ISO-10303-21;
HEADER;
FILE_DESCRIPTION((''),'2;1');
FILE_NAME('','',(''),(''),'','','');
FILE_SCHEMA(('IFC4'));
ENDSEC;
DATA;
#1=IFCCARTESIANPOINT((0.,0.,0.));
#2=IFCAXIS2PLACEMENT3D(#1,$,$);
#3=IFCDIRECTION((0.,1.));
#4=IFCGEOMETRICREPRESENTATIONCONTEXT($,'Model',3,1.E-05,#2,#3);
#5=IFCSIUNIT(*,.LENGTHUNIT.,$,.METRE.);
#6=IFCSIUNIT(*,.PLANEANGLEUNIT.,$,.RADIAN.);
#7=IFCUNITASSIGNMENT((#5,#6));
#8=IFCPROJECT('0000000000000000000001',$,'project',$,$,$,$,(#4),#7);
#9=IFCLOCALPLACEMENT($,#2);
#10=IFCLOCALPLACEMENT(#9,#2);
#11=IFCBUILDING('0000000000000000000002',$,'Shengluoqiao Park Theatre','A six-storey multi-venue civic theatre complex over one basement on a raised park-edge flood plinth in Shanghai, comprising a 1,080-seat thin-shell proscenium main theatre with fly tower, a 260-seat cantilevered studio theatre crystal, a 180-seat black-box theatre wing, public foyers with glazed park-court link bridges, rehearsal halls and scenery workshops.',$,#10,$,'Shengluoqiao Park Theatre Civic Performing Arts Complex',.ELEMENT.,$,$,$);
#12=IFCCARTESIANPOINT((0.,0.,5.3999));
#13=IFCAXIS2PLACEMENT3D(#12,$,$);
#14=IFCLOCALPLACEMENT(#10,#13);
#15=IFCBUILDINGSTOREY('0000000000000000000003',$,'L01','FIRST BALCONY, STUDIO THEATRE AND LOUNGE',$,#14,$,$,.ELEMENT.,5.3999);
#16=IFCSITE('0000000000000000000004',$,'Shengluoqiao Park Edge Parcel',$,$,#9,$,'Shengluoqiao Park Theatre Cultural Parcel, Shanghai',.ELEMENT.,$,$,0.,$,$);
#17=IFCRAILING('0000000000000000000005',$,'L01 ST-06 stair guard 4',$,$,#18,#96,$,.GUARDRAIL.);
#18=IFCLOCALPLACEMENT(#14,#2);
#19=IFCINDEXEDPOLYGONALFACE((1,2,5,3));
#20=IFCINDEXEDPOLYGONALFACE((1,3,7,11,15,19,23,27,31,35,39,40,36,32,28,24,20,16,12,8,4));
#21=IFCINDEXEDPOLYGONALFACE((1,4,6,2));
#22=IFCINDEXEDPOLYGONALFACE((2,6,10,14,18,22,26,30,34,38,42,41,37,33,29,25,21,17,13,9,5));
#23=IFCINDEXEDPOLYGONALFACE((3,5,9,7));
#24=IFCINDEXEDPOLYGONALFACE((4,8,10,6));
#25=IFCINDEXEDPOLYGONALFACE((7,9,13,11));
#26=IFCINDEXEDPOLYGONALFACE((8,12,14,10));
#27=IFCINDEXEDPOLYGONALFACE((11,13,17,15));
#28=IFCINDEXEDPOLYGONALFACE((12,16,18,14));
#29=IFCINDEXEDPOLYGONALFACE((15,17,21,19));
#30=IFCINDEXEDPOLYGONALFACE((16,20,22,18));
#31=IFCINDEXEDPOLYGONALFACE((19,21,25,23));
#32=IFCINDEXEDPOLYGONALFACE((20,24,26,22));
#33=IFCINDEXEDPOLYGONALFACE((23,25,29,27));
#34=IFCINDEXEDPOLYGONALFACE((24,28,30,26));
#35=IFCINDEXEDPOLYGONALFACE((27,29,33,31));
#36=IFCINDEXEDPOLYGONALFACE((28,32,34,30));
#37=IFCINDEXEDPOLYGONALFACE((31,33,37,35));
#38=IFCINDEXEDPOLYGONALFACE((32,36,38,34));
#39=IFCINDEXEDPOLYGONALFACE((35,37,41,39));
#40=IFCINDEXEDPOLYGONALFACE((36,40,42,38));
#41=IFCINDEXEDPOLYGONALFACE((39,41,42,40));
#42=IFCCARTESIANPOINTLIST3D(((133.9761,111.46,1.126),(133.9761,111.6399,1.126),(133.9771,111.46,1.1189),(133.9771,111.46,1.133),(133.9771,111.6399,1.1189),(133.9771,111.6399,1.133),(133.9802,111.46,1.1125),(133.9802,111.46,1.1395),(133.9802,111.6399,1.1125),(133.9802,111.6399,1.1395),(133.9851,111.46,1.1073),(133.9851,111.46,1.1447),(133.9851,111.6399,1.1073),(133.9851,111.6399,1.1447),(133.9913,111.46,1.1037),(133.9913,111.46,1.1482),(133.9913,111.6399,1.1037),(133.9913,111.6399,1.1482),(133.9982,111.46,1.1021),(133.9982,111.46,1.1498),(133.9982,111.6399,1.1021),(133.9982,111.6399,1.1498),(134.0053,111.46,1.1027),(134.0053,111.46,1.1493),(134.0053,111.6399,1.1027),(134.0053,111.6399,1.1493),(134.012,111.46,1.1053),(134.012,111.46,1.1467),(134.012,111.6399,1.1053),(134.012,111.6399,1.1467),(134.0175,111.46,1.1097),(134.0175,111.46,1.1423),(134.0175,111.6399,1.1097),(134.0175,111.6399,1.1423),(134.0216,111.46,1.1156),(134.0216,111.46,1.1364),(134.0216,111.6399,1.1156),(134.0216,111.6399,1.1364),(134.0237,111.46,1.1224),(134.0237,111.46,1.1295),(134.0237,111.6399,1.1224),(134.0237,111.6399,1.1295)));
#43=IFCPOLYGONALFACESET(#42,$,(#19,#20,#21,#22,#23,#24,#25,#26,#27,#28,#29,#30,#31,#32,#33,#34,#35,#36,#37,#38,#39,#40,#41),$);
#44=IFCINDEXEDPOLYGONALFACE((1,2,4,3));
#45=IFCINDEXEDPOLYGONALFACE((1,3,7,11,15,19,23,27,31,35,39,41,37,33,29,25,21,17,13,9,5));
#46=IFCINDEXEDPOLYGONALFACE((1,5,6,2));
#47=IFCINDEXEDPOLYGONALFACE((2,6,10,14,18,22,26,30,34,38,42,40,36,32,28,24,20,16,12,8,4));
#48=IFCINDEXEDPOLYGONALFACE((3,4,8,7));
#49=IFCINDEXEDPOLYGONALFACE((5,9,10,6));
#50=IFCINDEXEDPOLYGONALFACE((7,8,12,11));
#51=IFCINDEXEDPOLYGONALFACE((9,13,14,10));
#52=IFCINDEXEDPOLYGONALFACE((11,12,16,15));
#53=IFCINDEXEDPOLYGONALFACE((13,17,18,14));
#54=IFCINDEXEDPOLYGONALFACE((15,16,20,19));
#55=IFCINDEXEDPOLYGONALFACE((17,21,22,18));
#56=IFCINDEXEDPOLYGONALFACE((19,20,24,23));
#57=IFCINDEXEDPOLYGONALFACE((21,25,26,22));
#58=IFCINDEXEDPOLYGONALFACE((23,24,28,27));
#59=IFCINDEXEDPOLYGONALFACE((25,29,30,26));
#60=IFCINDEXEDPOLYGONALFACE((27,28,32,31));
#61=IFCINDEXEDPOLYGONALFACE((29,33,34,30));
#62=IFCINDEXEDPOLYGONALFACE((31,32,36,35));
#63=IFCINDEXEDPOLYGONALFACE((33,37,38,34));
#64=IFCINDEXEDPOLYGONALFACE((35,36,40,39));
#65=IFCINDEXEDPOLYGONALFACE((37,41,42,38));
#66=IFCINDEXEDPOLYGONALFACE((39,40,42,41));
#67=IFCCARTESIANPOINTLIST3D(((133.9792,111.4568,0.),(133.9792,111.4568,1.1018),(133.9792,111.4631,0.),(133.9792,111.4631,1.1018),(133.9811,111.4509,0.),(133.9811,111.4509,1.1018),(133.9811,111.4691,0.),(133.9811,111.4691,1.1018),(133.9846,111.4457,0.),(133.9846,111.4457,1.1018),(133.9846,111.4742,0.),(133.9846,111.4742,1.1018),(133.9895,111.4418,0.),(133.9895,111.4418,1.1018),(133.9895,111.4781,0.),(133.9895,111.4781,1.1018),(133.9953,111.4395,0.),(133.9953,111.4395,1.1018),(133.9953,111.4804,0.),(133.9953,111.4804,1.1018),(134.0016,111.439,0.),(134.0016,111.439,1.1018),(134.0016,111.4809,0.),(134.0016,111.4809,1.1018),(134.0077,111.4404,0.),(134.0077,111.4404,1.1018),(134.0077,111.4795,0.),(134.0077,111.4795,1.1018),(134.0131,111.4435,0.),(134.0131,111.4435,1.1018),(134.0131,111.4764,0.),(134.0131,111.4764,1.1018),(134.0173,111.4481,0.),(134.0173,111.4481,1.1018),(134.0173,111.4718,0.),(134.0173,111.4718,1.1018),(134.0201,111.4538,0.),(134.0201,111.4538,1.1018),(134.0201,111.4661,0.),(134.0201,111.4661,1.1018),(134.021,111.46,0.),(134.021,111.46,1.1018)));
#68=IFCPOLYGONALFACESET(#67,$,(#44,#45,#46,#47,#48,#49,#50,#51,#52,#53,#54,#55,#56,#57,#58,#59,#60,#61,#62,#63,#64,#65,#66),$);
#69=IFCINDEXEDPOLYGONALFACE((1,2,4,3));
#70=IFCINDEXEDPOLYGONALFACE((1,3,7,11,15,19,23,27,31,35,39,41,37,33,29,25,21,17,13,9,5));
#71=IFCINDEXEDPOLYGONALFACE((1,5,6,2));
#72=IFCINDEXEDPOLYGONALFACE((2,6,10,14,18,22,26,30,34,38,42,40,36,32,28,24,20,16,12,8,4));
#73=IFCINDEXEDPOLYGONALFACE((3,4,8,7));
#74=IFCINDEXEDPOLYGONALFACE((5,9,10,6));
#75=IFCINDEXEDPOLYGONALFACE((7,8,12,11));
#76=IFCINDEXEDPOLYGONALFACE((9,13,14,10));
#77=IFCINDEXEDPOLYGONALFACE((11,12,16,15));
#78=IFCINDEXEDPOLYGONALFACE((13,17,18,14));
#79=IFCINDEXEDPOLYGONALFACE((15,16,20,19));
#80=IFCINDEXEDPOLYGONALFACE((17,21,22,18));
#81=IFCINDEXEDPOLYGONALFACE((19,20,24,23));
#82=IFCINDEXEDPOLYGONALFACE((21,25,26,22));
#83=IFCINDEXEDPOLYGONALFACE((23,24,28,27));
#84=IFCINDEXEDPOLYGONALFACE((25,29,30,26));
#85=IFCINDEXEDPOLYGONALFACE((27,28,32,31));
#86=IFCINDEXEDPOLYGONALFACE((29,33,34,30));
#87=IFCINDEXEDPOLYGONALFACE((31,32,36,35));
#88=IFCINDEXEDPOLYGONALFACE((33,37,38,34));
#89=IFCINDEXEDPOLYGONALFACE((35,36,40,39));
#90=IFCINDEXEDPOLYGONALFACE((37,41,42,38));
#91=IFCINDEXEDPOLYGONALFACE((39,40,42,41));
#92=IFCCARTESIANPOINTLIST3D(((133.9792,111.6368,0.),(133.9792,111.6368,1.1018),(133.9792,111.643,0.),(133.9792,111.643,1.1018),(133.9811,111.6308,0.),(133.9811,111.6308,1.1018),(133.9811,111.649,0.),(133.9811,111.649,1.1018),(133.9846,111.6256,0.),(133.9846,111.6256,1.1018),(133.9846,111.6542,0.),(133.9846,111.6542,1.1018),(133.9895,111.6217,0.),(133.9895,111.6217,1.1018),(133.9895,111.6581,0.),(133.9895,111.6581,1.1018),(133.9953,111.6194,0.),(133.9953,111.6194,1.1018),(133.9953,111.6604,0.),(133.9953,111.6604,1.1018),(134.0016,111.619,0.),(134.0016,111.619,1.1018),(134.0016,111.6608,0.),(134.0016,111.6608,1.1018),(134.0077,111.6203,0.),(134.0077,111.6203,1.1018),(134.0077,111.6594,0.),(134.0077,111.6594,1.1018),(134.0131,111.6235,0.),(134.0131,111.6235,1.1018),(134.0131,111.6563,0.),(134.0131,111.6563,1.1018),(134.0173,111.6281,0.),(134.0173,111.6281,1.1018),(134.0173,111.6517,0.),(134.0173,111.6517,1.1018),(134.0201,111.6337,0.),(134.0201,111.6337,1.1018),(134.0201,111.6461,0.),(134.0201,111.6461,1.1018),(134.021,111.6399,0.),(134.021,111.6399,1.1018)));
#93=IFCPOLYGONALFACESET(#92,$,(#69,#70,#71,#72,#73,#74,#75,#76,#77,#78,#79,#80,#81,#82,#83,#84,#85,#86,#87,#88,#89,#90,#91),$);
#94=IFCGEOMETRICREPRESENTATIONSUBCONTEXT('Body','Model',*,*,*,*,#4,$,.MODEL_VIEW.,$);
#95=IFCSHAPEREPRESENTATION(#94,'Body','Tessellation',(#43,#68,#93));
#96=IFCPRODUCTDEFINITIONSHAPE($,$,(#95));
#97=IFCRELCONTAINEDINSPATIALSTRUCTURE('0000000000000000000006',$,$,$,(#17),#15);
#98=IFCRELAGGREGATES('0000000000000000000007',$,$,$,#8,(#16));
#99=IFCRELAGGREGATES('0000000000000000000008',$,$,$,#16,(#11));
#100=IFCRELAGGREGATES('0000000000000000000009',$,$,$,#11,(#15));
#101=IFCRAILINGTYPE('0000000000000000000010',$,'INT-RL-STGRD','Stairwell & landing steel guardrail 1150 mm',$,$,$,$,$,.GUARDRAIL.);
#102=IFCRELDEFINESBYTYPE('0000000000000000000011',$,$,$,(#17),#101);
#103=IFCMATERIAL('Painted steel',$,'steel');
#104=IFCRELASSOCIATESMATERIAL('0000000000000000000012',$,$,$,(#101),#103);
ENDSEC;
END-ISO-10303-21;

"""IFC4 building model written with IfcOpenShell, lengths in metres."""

from ifc_helpers import new_model, si_unit, direction, frame, origin, origin_2d, place, context, subcontext, project, spatial, circle, extrude, material, type_object, element, save


model = new_model("IFC4")

# Units and contexts
model_context = context("Model", 3, precision=1e-05, world=origin(), true_north=direction((0.0, 1.0)))
body_context = subcontext(model_context, "Body", "Model", "MODEL_VIEW")
ifc_project = project(units=[si_unit("LENGTHUNIT", "METRE"), si_unit("PLANEANGLEUNIT", "RADIAN")], contexts=[model_context])

# Site, building, storey
site_placement = place(None, origin())
site = spatial("IfcSite", under=ifc_project, at=site_placement, Name="Shengluoqiao Park Edge Parcel", LongName="Shengluoqiao Park Theatre Cultural Parcel, Shanghai", CompositionType="ELEMENT", RefElevation=0.0)
building_placement = place(site_placement, origin())
building = spatial("IfcBuilding", under=site, at=building_placement, Name="Shengluoqiao Park Theatre", Description="A six-storey multi-venue civic theatre complex over one basement on a raised park-edge flood plinth in Shanghai, comprising a 1,080-seat thin-shell proscenium main theatre with fly tower, a 260-seat cantilevered studio theatre crystal, a 180-seat black-box theatre wing, public foyers with glazed park-court link bridges, rehearsal halls and scenery workshops.", LongName="Shengluoqiao Park Theatre Civic Performing Arts Complex", CompositionType="ELEMENT")
storey_placement = place(building_placement, frame((0.0, 0.0, 5.3999)))
storey = spatial("IfcBuildingStorey", under=building, at=storey_placement, Name="L01", Description="FIRST BALCONY, STUDIO THEATRE AND LOUNGE", CompositionType="ELEMENT", Elevation=5.3999)

# Railing
ifc_material_1 = material(Name="Painted steel", Category="steel")
railing_type_1 = type_object("IfcRailingType", Name="INT-RL-STGRD", Description="Stairwell & landing steel guardrail 1150 mm", PredefinedType="GUARDRAIL", material=ifc_material_1)
railing_1_placement = place(storey_placement, frame((134.0, 111.46, 0.0)))
element("IfcRailing", 1, at=railing_1_placement, inside=storey, type_object=railing_type_1, Name="L01 ST-06 stair guard 4", PredefinedType="GUARDRAIL", context=body_context, shape_type="SweptSolid", body=[
    extrude(circle(Radius=0.0239, at=origin_2d()), frame((0.0, 0.0, 1.126), z_axis=(0.0, 1.0, 0.0), x_axis=(-1.0, 0.0, 0.0)), (0.0, 0.0, 1.0), 0.1799),
    extrude(circle(Radius=0.021, at=origin_2d()), origin(), (0.0, 0.0, 1.0), 1.1018),
    extrude(circle(Radius=0.021, at=origin_2d()), frame((0.0, 0.1799, 0.0)), (0.0, 0.0, 1.0), 1.1018),
])

save(model, "model.ifc")
